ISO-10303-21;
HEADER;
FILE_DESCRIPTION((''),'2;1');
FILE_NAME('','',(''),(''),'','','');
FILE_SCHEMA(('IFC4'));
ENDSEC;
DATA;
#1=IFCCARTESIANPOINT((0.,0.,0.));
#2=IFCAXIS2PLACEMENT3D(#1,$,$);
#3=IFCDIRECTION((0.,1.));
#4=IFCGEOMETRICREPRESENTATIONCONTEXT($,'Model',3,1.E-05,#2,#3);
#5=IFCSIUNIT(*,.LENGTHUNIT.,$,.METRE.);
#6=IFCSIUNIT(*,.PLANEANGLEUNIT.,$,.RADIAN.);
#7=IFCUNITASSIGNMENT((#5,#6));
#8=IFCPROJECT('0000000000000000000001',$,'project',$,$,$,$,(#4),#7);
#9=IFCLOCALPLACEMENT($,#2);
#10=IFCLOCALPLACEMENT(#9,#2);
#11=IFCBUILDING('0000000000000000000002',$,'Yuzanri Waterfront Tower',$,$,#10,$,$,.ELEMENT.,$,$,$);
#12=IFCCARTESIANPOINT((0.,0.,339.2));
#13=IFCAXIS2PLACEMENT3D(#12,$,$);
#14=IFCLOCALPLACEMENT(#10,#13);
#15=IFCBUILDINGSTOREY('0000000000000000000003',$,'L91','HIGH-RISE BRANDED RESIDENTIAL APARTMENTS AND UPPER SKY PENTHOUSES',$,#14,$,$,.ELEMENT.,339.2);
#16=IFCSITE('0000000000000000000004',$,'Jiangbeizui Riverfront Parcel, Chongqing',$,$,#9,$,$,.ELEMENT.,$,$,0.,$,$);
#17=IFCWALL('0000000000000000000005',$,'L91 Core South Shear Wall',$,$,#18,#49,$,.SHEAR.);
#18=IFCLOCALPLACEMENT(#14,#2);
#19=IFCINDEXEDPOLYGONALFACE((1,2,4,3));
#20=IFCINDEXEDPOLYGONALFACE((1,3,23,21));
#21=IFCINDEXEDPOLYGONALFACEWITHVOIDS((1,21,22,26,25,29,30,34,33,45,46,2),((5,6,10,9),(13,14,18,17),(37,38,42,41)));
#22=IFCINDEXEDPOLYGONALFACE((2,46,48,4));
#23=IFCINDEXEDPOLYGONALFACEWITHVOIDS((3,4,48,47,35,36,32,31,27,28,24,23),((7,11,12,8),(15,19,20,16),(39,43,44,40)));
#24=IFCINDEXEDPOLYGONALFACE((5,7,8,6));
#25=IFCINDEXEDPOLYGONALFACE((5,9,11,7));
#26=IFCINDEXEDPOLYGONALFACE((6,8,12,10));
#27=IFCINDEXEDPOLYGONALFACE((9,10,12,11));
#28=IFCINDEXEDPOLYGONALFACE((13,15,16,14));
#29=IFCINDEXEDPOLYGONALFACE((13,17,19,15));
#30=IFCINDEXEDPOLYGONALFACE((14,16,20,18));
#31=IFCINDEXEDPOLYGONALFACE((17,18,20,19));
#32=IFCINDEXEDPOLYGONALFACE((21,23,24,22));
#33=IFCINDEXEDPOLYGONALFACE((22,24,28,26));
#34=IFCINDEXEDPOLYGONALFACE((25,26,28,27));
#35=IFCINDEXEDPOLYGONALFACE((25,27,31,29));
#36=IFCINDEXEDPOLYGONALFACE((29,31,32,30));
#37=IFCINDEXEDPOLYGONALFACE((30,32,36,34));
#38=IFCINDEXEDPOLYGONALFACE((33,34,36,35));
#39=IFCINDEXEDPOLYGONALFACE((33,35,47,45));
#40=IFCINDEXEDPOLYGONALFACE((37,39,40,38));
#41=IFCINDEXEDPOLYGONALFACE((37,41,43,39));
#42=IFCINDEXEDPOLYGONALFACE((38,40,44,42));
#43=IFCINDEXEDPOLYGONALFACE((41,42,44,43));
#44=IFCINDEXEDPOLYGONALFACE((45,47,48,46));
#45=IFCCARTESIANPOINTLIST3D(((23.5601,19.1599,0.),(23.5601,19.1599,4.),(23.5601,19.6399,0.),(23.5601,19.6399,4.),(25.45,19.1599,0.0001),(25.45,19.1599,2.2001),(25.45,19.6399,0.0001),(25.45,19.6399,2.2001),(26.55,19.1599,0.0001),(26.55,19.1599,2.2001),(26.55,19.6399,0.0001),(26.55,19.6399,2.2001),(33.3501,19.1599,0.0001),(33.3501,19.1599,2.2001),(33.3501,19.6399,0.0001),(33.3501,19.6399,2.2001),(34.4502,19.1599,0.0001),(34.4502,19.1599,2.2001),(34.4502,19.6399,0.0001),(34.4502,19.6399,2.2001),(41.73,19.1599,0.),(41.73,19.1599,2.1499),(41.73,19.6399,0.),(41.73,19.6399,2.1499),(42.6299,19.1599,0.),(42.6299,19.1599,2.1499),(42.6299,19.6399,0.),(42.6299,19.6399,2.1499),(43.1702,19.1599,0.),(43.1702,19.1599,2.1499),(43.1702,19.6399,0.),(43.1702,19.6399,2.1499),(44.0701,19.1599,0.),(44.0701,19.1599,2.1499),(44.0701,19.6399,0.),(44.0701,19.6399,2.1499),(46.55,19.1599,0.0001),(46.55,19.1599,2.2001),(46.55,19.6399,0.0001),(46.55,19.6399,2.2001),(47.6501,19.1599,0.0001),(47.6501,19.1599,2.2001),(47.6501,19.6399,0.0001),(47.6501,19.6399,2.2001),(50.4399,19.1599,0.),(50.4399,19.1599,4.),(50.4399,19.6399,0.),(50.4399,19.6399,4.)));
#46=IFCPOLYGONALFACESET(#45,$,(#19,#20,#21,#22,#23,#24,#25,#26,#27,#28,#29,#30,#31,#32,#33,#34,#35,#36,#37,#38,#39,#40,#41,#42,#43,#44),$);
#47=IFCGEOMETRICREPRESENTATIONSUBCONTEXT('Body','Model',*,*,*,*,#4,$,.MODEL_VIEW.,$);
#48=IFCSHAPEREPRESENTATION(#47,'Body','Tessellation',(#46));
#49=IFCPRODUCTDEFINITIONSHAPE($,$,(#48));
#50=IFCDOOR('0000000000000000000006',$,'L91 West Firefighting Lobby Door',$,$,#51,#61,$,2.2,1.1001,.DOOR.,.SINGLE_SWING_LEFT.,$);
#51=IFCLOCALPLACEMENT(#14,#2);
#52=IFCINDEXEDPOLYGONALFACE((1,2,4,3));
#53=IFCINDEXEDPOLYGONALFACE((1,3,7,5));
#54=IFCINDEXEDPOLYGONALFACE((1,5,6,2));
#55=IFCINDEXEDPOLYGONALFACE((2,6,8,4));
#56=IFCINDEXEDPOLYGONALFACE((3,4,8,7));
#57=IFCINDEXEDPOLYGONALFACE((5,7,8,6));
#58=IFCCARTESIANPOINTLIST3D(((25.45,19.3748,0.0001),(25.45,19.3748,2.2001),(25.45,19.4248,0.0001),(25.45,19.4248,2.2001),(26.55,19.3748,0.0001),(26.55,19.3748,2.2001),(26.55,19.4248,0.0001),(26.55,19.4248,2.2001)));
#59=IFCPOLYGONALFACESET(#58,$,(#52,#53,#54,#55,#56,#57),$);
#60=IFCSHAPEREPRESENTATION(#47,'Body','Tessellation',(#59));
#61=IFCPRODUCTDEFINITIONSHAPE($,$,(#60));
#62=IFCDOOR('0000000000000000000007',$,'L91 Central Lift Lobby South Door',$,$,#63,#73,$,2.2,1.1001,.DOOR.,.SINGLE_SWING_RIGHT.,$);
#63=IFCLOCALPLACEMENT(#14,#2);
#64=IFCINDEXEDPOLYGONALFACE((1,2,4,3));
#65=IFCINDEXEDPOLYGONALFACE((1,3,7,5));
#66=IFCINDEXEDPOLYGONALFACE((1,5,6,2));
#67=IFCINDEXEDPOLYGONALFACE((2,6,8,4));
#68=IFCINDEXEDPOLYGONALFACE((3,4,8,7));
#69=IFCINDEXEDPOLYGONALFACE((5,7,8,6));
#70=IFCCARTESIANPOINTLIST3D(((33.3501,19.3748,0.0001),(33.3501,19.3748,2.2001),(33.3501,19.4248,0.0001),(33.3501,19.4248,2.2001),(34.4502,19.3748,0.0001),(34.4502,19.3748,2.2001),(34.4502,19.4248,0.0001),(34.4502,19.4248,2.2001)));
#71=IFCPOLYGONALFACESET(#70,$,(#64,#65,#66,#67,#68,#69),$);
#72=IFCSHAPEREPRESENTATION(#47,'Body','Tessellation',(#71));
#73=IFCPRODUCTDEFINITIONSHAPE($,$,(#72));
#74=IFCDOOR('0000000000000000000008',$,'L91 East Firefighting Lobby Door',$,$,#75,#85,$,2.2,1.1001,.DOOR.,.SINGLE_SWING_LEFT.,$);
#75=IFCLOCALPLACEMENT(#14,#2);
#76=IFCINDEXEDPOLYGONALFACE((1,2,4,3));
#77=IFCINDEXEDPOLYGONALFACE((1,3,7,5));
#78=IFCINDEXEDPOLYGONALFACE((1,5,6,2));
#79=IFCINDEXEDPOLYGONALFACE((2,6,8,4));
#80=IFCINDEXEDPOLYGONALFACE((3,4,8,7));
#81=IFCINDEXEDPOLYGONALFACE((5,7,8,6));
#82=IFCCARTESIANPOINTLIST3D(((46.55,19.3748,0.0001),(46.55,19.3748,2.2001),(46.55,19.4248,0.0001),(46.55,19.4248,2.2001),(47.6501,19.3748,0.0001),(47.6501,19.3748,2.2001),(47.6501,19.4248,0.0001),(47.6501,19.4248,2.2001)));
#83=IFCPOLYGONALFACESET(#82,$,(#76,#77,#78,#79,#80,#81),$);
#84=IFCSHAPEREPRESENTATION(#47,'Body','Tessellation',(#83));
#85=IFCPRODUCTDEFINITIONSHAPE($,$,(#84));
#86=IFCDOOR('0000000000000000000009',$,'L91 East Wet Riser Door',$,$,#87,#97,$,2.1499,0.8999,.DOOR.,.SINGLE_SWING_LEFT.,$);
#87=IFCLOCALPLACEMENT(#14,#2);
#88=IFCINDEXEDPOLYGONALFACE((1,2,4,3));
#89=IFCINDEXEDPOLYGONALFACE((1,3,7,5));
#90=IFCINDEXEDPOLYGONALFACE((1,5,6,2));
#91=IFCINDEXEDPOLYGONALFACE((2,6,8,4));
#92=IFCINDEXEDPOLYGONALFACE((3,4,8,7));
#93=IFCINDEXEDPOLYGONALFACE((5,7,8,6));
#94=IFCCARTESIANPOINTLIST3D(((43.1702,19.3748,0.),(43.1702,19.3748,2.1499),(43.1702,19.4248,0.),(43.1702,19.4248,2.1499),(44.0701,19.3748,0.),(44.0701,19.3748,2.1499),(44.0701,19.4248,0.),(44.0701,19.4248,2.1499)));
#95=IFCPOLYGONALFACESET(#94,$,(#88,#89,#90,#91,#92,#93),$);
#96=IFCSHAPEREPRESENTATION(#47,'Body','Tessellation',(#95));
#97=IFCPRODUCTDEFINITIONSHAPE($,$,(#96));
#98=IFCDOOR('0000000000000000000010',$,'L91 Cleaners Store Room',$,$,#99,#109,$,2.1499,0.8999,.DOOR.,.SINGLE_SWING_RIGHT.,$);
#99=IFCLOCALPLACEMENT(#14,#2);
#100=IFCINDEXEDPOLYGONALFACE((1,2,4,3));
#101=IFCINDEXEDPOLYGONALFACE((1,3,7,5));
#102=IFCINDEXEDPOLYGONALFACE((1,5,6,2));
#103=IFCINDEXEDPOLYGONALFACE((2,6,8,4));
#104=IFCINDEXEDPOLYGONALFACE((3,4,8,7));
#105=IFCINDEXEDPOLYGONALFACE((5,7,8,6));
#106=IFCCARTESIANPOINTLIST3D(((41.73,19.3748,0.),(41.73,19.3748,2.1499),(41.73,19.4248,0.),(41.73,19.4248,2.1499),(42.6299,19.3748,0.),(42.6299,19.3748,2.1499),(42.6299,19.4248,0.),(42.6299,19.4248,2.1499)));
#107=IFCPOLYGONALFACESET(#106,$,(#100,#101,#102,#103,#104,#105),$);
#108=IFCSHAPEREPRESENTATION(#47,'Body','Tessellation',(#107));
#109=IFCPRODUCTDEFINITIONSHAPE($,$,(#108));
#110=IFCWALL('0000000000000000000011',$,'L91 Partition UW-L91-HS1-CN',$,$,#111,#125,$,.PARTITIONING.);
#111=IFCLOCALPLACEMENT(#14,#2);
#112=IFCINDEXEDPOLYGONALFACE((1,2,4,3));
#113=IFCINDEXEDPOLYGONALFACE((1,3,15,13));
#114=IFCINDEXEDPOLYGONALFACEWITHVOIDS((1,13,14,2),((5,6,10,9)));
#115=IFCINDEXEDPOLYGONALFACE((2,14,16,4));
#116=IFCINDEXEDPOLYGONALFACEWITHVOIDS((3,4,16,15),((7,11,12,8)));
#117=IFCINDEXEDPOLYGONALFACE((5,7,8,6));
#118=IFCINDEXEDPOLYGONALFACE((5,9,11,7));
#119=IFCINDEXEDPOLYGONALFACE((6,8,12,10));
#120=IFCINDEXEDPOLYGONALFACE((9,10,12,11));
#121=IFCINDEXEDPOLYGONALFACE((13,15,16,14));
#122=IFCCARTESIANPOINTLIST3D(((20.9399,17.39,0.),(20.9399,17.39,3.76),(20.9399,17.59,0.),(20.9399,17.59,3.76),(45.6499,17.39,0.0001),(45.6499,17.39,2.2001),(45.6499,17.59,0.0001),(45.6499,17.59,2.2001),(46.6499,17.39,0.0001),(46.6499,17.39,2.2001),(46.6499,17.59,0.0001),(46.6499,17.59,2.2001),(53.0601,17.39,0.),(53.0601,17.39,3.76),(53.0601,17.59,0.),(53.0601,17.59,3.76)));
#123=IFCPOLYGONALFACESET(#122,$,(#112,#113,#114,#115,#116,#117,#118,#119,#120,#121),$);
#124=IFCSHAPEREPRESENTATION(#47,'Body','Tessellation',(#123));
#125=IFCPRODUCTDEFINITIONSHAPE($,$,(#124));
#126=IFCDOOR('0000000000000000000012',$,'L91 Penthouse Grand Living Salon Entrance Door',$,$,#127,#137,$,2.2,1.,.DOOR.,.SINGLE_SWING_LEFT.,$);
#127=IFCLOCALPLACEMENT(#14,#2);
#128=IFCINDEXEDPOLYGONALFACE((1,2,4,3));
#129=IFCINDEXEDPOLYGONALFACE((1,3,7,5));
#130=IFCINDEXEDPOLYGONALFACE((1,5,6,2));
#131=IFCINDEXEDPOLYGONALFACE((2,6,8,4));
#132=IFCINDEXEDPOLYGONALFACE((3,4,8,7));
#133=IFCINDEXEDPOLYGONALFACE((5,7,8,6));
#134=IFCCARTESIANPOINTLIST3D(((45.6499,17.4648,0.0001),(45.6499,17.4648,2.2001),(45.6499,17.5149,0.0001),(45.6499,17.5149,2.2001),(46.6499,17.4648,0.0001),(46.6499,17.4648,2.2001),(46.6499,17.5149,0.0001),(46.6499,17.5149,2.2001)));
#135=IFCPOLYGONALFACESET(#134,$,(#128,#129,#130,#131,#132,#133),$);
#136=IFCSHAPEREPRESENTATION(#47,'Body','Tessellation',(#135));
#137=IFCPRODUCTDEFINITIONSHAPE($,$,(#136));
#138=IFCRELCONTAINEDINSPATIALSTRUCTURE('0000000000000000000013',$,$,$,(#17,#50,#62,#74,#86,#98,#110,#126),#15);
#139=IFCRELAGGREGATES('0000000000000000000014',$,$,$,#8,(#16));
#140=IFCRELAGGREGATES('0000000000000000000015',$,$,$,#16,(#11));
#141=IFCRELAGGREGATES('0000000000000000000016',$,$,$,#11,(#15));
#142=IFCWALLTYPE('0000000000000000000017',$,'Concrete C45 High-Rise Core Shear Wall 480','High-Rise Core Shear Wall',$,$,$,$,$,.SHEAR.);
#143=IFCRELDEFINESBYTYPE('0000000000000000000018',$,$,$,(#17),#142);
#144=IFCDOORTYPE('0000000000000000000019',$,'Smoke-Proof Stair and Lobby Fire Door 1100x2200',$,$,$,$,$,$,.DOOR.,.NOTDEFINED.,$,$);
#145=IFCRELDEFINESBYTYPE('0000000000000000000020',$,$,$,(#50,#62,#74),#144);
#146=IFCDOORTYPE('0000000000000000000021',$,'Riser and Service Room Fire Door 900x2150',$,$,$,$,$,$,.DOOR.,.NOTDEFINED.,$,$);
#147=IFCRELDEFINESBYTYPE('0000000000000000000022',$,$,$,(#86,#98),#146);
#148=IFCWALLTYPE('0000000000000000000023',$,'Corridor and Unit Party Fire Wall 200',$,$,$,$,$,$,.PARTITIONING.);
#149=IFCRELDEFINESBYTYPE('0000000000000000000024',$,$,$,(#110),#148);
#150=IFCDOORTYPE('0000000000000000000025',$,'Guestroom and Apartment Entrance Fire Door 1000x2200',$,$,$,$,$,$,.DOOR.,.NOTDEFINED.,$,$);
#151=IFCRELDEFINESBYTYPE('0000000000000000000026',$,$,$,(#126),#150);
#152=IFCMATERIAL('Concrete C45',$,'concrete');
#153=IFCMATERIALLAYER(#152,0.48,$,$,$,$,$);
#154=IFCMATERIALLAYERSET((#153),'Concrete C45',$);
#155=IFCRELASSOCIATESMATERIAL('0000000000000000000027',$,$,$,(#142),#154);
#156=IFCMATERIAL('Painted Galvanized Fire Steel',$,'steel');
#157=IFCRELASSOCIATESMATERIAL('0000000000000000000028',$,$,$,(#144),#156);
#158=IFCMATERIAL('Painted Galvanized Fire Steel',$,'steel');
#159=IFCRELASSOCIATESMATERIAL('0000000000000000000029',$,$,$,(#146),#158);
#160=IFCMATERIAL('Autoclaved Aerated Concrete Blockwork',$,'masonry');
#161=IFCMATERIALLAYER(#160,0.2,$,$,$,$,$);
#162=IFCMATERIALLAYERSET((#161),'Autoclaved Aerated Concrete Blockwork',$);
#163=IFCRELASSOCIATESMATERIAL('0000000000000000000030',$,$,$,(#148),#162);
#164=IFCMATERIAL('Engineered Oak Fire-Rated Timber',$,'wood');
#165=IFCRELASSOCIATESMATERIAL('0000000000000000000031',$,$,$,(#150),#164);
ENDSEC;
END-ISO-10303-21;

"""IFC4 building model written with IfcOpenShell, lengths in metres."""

from ifc_helpers import new_model, si_unit, direction, frame, frame_2d, origin, place, context, subcontext, project, spatial, rectangle, extrude, source, transform, mapped, material, layer, layer_set, type_object, element, fill, save


model = new_model("IFC4")

# Units and contexts
model_context = context("Model", 3, precision=1e-05, world=origin(), true_north=direction((0.0, 1.0)))
body_context = subcontext(model_context, "Body", "Model", "MODEL_VIEW")
ifc_project = project(units=[si_unit("LENGTHUNIT", "METRE"), si_unit("PLANEANGLEUNIT", "RADIAN")], contexts=[model_context])

# Site, building, storey
site_placement = place(None, origin())
site = spatial("IfcSite", under=ifc_project, at=site_placement, Name="Jiangbeizui Riverfront Parcel, Chongqing", CompositionType="ELEMENT", RefElevation=0.0)
building_placement = place(site_placement, origin())
building = spatial("IfcBuilding", under=site, at=building_placement, Name="Yuzanri Waterfront Tower", CompositionType="ELEMENT")
storey_placement = place(building_placement, frame((0.0, 0.0, 339.2)))
storey = spatial("IfcBuildingStorey", under=building, at=storey_placement, Name="L91", Description="HIGH-RISE BRANDED RESIDENTIAL APARTMENTS AND UPPER SKY PENTHOUSES", CompositionType="ELEMENT", Elevation=339.2)

# Wall, openings, doors
ifc_material_1 = material(Name="Concrete C45", Category="concrete")
ifc_layer_1 = layer(ifc_material_1, 0.48)
ifc_layer_set_1 = layer_set([ifc_layer_1], Name="Concrete C45")
wall_type_1 = type_object("IfcWallType", Name="Concrete C45 High-Rise Core Shear Wall 480", Description="High-Rise Core Shear Wall", PredefinedType="SHEAR", material=ifc_layer_set_1)
wall_1_placement = place(storey_placement, frame((23.5601, 19.3999, 0.0), z_axis=(0.0, 0.0, 1.0), x_axis=(1.0, 0.0, 0.0)))
wall_1 = element("IfcWall", 1, at=wall_1_placement, inside=storey, type_object=wall_type_1, Name="L91 Core South Shear Wall", PredefinedType="SHEAR", context=body_context, shape_type="SweptSolid", body=[
    extrude(rectangle(XDim=26.8799, YDim=0.48, at=frame_2d((13.4399, 0.0))), origin(), (0.0, 0.0, 1.0), 4.0),
])
opening_1_placement = place(wall_1_placement, frame((1.8899, 0.0, 0.0)))
opening_1 = element("IfcOpeningElement", 2, at=opening_1_placement, cuts=wall_1, PredefinedType="OPENING", context=body_context, shape_type="SweptSolid", body=[
    extrude(rectangle(XDim=1.1001, YDim=2.2, at=frame_2d((0.55, 1.1001))), frame((0.0, 0.2549, 0.0), z_axis=(0.0, -1.0, 0.0), x_axis=(1.0, 0.0, 0.0)), (0.0, 0.0, 1.0), 0.5098),
])
opening_2_placement = place(wall_1_placement, frame((9.79, 0.0, 0.0)))
opening_2 = element("IfcOpeningElement", 3, at=opening_2_placement, cuts=wall_1, PredefinedType="OPENING", context=body_context, shape_type="SweptSolid", body=[
    extrude(rectangle(XDim=1.1001, YDim=2.2, at=frame_2d((0.55, 1.1001))), frame((0.0, 0.2549, 0.0), z_axis=(0.0, -1.0, 0.0), x_axis=(1.0, 0.0, 0.0)), (0.0, 0.0, 1.0), 0.5098),
])
opening_3_placement = place(wall_1_placement, frame((22.99, 0.0, 0.0)))
opening_3 = element("IfcOpeningElement", 4, at=opening_3_placement, cuts=wall_1, PredefinedType="OPENING", context=body_context, shape_type="SweptSolid", body=[
    extrude(rectangle(XDim=1.1001, YDim=2.2, at=frame_2d((0.55, 1.1001))), frame((0.0, 0.2549, 0.0), z_axis=(0.0, -1.0, 0.0), x_axis=(1.0, 0.0, 0.0)), (0.0, 0.0, 1.0), 0.5098),
])
opening_4_placement = place(wall_1_placement, frame((19.6101, 0.0, 0.0)))
opening_4 = element("IfcOpeningElement", 5, at=opening_4_placement, cuts=wall_1, PredefinedType="OPENING", context=body_context, shape_type="SweptSolid", body=[
    extrude(rectangle(XDim=0.8999, YDim=2.1499, at=frame_2d((0.45, 1.075))), frame((0.0, 0.2549, 0.0), z_axis=(0.0, -1.0, 0.0), x_axis=(1.0, 0.0, 0.0)), (0.0, 0.0, 1.0), 0.5098),
])
opening_5_placement = place(wall_1_placement, frame((18.1699, 0.0, 0.0)))
opening_5 = element("IfcOpeningElement", 6, at=opening_5_placement, cuts=wall_1, PredefinedType="OPENING", context=body_context, shape_type="SweptSolid", body=[
    extrude(rectangle(XDim=0.8999, YDim=2.1499, at=frame_2d((0.45, 1.075))), frame((0.0, 0.2549, 0.0), z_axis=(0.0, -1.0, 0.0), x_axis=(1.0, 0.0, 0.0)), (0.0, 0.0, 1.0), 0.5098),
])
ifc_material_2 = material(Name="Painted Galvanized Fire Steel", Category="steel")
door_type_1 = type_object("IfcDoorType", Name="Smoke-Proof Stair and Lobby Fire Door 1100x2200", OperationType="NOTDEFINED", PredefinedType="DOOR", material=ifc_material_2)
shared_shape_1 = source(origin(), body_context, "Body", "SweptSolid", [
    extrude(rectangle(XDim=1.1001, YDim=2.2, at=frame_2d((0.55, 1.1001))), frame((0.0, 0.0249, 0.0), z_axis=(0.0, -1.0, 0.0), x_axis=(1.0, 0.0, 0.0)), (0.0, 0.0, 1.0), 0.05),
])
door_1_placement = place(opening_1_placement, origin())
door_1 = element("IfcDoor", 7, at=door_1_placement, inside=storey, type_object=door_type_1, Name="L91 West Firefighting Lobby Door", OperationType="SINGLE_SWING_LEFT", OverallHeight=2.2, OverallWidth=1.1001, PredefinedType="DOOR", context=body_context, shape_type="MappedRepresentation", body=[
    mapped(shared_shape_1, transform((0.0, 0.0, 0.0), scale=1.0)),
])
fill(opening_1, door_1)
door_2_placement = place(opening_2_placement, origin())
door_2 = element("IfcDoor", 8, at=door_2_placement, inside=storey, type_object=door_type_1, Name="L91 Central Lift Lobby South Door", OperationType="SINGLE_SWING_RIGHT", OverallHeight=2.2, OverallWidth=1.1001, PredefinedType="DOOR", context=body_context, shape_type="MappedRepresentation", body=[
    mapped(shared_shape_1, transform((0.0, 0.0, 0.0), scale=1.0)),
])
fill(opening_2, door_2)
door_3_placement = place(opening_3_placement, origin())
door_3 = element("IfcDoor", 9, at=door_3_placement, inside=storey, type_object=door_type_1, Name="L91 East Firefighting Lobby Door", OperationType="SINGLE_SWING_LEFT", OverallHeight=2.2, OverallWidth=1.1001, PredefinedType="DOOR", context=body_context, shape_type="MappedRepresentation", body=[
    mapped(shared_shape_1, transform((0.0, 0.0, 0.0), scale=1.0)),
])
fill(opening_3, door_3)
ifc_material_3 = material(Name="Painted Galvanized Fire Steel", Category="steel")
door_type_2 = type_object("IfcDoorType", Name="Riser and Service Room Fire Door 900x2150", OperationType="NOTDEFINED", PredefinedType="DOOR", material=ifc_material_3)
shared_shape_2 = source(origin(), body_context, "Body", "SweptSolid", [
    extrude(rectangle(XDim=0.8999, YDim=2.1499, at=frame_2d((0.45, 1.075))), frame((0.0, 0.0249, 0.0), z_axis=(0.0, -1.0, 0.0), x_axis=(1.0, 0.0, 0.0)), (0.0, 0.0, 1.0), 0.05),
])
door_4_placement = place(opening_4_placement, origin())
door_4 = element("IfcDoor", 10, at=door_4_placement, inside=storey, type_object=door_type_2, Name="L91 East Wet Riser Door", OperationType="SINGLE_SWING_LEFT", OverallHeight=2.1499, OverallWidth=0.8999, PredefinedType="DOOR", context=body_context, shape_type="MappedRepresentation", body=[
    mapped(shared_shape_2, transform((0.0, 0.0, 0.0), scale=1.0)),
])
fill(opening_4, door_4)
door_5_placement = place(opening_5_placement, origin())
door_5 = element("IfcDoor", 11, at=door_5_placement, inside=storey, type_object=door_type_2, Name="L91 Cleaners Store Room", OperationType="SINGLE_SWING_RIGHT", OverallHeight=2.1499, OverallWidth=0.8999, PredefinedType="DOOR", context=body_context, shape_type="MappedRepresentation", body=[
    mapped(shared_shape_2, transform((0.0, 0.0, 0.0), scale=1.0)),
])
fill(opening_5, door_5)

# Wall, opening, door
ifc_material_4 = material(Name="Autoclaved Aerated Concrete Blockwork", Category="masonry")
ifc_layer_2 = layer(ifc_material_4, 0.2)
ifc_layer_set_2 = layer_set([ifc_layer_2], Name="Autoclaved Aerated Concrete Blockwork")
wall_type_2 = type_object("IfcWallType", Name="Corridor and Unit Party Fire Wall 200", PredefinedType="PARTITIONING", material=ifc_layer_set_2)
wall_2_placement = place(storey_placement, frame((20.9399, 17.49, 0.0), z_axis=(0.0, 0.0, 1.0), x_axis=(1.0, 0.0, 0.0)))
wall_2 = element("IfcWall", 12, at=wall_2_placement, inside=storey, type_object=wall_type_2, Name="L91 Partition UW-L91-HS1-CN", PredefinedType="PARTITIONING", context=body_context, shape_type="SweptSolid", body=[
    extrude(rectangle(XDim=32.1201, YDim=0.2, at=frame_2d((16.0601, 0.0))), origin(), (0.0, 0.0, 1.0), 3.76),
])
opening_6_placement = place(wall_2_placement, frame((24.71, 0.0, 0.0)))
opening_6 = element("IfcOpeningElement", 13, at=opening_6_placement, cuts=wall_2, PredefinedType="OPENING", context=body_context, shape_type="SweptSolid", body=[
    extrude(rectangle(XDim=1.0, YDim=2.2, at=frame_2d((0.5, 1.1001))), frame((0.0, 0.1147, 0.0), z_axis=(0.0, -1.0, 0.0), x_axis=(1.0, 0.0, 0.0)), (0.0, 0.0, 1.0), 0.2297),
])
ifc_material_5 = material(Name="Engineered Oak Fire-Rated Timber", Category="wood")
door_type_3 = type_object("IfcDoorType", Name="Guestroom and Apartment Entrance Fire Door 1000x2200", OperationType="NOTDEFINED", PredefinedType="DOOR", material=ifc_material_5)
shared_shape_3 = source(origin(), body_context, "Body", "SweptSolid", [
    extrude(rectangle(XDim=1.0, YDim=2.2, at=frame_2d((0.5, 1.1001))), frame((0.0, 0.0249, 0.0), z_axis=(0.0, -1.0, 0.0), x_axis=(1.0, 0.0, 0.0)), (0.0, 0.0, 1.0), 0.05),
])
door_6_placement = place(opening_6_placement, origin())
door_6 = element("IfcDoor", 14, at=door_6_placement, inside=storey, type_object=door_type_3, Name="L91 Penthouse Grand Living Salon Entrance Door", OperationType="SINGLE_SWING_LEFT", OverallHeight=2.2, OverallWidth=1.0, PredefinedType="DOOR", context=body_context, shape_type="MappedRepresentation", body=[
    mapped(shared_shape_3, transform((0.0, 0.0, 0.0), scale=1.0)),
])
fill(opening_6, door_6)

save(model, "model.ifc")
